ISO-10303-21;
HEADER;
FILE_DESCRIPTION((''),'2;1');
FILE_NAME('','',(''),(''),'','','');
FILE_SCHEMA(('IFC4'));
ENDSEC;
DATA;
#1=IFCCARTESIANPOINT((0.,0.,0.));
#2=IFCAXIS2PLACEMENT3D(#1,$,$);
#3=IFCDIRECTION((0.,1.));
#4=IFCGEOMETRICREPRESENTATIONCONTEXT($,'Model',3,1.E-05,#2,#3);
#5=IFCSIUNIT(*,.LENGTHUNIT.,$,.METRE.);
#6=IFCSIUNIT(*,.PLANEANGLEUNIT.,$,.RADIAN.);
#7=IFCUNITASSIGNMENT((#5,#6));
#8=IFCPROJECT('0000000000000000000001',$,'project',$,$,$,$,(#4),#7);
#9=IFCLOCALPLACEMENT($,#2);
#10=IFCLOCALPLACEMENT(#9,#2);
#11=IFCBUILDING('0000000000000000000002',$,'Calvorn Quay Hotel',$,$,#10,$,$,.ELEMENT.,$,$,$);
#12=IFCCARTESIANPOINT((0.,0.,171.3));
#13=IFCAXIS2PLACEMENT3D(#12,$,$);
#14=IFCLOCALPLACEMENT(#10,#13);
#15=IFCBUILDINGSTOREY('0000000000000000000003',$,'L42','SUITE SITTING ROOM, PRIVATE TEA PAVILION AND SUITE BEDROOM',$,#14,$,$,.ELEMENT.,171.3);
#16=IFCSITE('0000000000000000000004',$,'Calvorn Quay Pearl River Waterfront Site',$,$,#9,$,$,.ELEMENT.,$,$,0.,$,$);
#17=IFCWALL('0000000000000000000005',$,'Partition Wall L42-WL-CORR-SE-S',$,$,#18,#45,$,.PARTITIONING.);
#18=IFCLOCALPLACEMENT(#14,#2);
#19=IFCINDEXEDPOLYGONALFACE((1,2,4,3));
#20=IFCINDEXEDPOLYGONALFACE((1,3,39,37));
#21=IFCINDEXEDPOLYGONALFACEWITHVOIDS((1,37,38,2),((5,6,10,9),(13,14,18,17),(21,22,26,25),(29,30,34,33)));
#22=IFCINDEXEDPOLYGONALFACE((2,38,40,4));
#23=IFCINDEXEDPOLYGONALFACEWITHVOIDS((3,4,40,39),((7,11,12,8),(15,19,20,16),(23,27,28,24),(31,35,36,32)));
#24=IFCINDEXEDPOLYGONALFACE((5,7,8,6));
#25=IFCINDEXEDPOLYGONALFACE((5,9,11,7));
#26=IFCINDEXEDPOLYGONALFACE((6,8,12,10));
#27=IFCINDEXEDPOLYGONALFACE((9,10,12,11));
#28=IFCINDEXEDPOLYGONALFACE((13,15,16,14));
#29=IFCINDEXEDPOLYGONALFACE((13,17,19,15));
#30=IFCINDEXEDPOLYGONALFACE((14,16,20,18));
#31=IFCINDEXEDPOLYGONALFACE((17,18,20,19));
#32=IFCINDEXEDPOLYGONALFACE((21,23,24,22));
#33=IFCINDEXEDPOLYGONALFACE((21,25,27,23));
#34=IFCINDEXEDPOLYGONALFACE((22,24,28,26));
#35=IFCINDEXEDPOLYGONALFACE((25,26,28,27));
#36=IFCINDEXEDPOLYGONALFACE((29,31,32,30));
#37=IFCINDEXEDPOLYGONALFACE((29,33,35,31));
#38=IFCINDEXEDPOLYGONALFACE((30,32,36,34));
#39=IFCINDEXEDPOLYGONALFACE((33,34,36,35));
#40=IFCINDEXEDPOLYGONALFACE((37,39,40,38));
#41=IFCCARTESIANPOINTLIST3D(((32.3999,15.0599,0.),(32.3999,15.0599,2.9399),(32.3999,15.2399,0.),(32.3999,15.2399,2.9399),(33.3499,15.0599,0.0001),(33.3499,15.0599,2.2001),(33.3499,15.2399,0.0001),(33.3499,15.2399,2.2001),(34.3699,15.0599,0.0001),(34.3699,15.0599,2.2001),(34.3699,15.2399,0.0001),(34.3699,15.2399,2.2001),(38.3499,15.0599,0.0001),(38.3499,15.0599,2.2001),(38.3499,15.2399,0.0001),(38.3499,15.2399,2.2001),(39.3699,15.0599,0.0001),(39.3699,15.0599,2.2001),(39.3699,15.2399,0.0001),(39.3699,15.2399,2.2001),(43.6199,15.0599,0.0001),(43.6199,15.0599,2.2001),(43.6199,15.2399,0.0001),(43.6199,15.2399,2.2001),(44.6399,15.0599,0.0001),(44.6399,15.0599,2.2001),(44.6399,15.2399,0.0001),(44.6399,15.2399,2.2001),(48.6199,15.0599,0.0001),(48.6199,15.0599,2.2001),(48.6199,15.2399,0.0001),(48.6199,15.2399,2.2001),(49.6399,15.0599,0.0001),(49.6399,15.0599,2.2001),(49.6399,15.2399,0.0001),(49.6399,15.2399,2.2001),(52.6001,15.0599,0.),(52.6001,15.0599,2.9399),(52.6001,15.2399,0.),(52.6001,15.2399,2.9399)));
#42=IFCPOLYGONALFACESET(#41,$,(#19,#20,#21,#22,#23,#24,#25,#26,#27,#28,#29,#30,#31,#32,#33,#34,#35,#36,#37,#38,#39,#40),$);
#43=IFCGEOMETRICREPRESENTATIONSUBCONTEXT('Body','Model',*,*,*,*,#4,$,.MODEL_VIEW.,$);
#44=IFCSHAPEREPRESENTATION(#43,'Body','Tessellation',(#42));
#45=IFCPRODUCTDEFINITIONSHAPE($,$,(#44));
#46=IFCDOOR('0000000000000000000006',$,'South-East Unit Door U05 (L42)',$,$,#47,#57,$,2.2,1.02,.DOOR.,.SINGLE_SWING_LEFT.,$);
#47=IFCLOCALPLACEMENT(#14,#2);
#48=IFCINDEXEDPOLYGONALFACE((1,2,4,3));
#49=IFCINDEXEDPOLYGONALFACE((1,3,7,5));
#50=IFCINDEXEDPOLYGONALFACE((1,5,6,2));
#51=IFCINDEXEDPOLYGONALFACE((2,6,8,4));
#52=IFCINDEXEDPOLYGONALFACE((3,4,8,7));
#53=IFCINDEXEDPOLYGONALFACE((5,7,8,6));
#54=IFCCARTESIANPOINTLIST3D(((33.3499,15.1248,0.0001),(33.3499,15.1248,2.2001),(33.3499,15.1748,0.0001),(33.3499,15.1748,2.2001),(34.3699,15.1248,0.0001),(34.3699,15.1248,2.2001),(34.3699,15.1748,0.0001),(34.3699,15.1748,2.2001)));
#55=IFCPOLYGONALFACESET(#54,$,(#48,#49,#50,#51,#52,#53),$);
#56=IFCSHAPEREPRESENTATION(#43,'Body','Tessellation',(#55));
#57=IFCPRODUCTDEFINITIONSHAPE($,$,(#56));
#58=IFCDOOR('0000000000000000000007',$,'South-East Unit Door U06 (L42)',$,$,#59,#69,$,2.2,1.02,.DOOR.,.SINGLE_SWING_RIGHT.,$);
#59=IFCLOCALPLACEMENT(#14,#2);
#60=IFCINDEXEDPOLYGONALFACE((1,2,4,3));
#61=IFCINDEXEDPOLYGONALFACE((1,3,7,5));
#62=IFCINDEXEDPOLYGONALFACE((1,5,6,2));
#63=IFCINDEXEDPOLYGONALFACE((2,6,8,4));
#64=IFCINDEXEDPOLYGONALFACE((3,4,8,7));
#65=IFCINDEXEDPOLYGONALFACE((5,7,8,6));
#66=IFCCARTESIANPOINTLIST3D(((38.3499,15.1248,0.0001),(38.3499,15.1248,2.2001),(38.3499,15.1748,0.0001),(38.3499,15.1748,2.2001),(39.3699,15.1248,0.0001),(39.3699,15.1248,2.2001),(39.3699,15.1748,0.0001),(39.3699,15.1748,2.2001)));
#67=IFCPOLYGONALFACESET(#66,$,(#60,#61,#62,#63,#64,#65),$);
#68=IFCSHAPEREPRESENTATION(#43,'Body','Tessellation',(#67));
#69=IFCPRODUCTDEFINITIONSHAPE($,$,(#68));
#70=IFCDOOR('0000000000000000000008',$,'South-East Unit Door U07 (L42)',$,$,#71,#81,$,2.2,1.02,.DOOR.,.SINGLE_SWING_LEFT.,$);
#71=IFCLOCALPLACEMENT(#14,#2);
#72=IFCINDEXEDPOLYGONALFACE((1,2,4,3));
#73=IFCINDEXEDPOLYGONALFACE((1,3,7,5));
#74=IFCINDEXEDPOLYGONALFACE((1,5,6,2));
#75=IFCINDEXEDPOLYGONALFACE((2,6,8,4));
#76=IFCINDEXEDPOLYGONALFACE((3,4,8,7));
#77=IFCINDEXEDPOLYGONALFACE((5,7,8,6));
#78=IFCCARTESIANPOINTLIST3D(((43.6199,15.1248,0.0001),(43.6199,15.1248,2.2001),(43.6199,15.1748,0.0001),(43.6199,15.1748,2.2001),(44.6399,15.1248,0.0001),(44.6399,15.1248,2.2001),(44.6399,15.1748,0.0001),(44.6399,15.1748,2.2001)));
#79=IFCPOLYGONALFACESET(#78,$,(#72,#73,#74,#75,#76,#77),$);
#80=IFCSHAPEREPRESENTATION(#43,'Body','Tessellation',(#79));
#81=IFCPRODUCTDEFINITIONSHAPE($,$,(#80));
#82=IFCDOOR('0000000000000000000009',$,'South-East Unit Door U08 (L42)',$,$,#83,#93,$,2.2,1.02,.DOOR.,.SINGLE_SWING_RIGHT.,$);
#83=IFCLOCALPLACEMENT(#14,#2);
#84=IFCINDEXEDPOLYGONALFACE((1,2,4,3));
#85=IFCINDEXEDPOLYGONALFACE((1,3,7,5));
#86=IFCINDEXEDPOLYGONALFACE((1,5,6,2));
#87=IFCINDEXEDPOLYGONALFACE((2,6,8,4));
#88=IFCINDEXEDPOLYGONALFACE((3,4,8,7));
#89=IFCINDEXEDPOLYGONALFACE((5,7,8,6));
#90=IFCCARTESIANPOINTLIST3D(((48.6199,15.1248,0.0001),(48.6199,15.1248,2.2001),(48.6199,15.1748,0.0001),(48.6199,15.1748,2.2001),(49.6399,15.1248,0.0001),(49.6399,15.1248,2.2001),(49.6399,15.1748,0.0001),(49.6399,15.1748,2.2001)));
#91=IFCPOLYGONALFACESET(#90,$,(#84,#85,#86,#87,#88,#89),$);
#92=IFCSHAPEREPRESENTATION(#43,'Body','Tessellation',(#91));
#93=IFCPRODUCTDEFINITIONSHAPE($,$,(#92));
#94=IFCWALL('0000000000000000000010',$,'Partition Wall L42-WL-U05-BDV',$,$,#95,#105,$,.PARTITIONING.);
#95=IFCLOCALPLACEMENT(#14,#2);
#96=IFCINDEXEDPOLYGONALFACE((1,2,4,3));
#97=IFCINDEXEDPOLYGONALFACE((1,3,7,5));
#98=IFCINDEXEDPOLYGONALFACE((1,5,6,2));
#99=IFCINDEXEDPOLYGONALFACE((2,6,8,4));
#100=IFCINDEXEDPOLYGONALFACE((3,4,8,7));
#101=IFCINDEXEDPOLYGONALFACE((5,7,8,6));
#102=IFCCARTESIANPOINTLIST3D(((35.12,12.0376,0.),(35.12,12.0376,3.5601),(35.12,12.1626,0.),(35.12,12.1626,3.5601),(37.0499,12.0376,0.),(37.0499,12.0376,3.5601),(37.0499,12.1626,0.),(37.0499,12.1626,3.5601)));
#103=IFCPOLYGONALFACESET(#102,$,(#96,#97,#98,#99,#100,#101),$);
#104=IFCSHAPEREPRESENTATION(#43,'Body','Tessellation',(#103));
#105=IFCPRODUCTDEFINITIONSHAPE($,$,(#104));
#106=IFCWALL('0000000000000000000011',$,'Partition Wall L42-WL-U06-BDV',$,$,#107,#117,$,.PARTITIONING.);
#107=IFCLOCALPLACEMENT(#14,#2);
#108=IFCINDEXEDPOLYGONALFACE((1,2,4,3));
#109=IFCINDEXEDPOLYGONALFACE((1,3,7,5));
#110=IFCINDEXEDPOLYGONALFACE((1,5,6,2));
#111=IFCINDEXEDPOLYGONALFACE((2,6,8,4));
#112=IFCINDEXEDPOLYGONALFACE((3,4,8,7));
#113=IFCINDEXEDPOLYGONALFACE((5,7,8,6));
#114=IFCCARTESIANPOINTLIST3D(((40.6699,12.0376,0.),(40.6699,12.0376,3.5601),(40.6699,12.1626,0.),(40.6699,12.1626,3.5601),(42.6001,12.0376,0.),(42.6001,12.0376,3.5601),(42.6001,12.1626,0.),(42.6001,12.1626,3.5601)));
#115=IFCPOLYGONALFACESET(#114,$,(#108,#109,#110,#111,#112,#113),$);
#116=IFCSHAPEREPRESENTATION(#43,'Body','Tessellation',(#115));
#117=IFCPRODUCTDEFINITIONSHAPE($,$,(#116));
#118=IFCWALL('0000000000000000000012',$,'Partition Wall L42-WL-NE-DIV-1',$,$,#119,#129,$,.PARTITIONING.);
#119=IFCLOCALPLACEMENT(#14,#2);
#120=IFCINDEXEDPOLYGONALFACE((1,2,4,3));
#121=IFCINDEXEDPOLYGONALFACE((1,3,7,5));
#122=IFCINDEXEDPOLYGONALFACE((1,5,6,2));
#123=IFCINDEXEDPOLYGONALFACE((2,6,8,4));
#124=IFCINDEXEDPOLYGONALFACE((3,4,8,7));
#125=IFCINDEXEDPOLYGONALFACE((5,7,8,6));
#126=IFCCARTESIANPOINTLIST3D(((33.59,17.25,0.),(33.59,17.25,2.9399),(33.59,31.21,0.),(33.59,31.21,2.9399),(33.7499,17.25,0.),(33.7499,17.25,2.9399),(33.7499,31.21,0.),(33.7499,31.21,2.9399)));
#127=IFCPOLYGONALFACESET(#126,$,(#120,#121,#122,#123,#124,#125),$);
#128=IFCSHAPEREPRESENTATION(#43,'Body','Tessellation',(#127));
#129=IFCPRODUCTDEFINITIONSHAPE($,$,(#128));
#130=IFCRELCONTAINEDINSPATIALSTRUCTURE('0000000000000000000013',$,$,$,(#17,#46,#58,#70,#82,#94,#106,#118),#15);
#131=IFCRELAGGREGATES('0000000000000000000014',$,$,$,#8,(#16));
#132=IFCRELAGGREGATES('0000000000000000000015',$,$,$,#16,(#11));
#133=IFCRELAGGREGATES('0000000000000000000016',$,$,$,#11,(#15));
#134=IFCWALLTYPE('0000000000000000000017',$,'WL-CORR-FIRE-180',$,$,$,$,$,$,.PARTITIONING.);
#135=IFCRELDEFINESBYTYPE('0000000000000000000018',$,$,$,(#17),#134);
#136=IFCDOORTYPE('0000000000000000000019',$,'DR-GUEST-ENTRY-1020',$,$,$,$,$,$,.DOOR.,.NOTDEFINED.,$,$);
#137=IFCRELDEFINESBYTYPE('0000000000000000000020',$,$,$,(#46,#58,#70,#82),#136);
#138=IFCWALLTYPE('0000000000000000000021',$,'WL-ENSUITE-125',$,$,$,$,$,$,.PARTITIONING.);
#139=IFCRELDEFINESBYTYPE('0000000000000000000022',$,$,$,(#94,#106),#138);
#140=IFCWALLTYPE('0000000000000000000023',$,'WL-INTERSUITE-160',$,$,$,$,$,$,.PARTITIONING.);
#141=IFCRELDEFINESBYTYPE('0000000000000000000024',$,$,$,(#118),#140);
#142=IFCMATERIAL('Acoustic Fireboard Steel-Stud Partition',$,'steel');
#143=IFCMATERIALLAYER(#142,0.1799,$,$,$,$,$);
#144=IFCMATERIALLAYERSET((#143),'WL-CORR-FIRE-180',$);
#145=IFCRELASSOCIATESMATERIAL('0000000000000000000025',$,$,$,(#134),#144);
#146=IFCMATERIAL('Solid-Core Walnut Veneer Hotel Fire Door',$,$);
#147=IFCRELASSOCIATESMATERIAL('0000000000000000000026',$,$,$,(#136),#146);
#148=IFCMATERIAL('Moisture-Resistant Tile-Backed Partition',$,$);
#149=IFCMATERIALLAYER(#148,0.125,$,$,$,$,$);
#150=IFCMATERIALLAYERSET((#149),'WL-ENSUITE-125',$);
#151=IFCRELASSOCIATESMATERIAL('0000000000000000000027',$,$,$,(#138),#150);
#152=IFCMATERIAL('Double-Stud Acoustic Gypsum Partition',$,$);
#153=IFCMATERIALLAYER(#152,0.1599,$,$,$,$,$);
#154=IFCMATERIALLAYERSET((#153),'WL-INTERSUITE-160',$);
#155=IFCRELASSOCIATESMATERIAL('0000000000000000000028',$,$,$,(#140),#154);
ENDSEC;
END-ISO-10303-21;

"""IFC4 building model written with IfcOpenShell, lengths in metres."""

from ifc_helpers import new_model, si_unit, direction, frame, frame_2d, origin, place, context, subcontext, project, spatial, rectangle, extrude, material, layer, layer_set, type_object, element, fill, save


model = new_model("IFC4")

# Units and contexts
model_context = context("Model", 3, precision=1e-05, world=origin(), true_north=direction((0.0, 1.0)))
body_context = subcontext(model_context, "Body", "Model", "MODEL_VIEW")
ifc_project = project(units=[si_unit("LENGTHUNIT", "METRE"), si_unit("PLANEANGLEUNIT", "RADIAN")], contexts=[model_context])

# Site, building, storey
site_placement = place(None, origin())
site = spatial("IfcSite", under=ifc_project, at=site_placement, Name="Calvorn Quay Pearl River Waterfront Site", CompositionType="ELEMENT", RefElevation=0.0)
building_placement = place(site_placement, origin())
building = spatial("IfcBuilding", under=site, at=building_placement, Name="Calvorn Quay Hotel", CompositionType="ELEMENT")
storey_placement = place(building_placement, frame((0.0, 0.0, 171.3)))
storey = spatial("IfcBuildingStorey", under=building, at=storey_placement, Name="L42", Description="SUITE SITTING ROOM, PRIVATE TEA PAVILION AND SUITE BEDROOM", CompositionType="ELEMENT", Elevation=171.3)

# Wall, openings, doors
ifc_material_1 = material(Name="Acoustic Fireboard Steel-Stud Partition", Category="steel")
ifc_layer_1 = layer(ifc_material_1, 0.1799)
ifc_layer_set_1 = layer_set([ifc_layer_1], Name="WL-CORR-FIRE-180")
wall_type_1 = type_object("IfcWallType", Name="WL-CORR-FIRE-180", PredefinedType="PARTITIONING", material=ifc_layer_set_1)
wall_1_placement = place(storey_placement, frame((32.3999, 15.1499, 0.0), z_axis=(0.0, 0.0, 1.0), x_axis=(1.0, 0.0, 0.0)))
wall_1 = element("IfcWall", 1, at=wall_1_placement, inside=storey, type_object=wall_type_1, Name="Partition Wall L42-WL-CORR-SE-S", PredefinedType="PARTITIONING", context=body_context, shape_type="SweptSolid", body=[
    extrude(rectangle(XDim=20.2002, YDim=0.1799, at=frame_2d((10.1001, 0.0))), origin(), (0.0, 0.0, 1.0), 2.9399),
])
opening_1_placement = place(wall_1_placement, frame((0.95, 0.0, 0.0)))
opening_1 = element("IfcOpeningElement", 2, at=opening_1_placement, cuts=wall_1, PredefinedType="OPENING", context=body_context, shape_type="SweptSolid", body=[
    extrude(rectangle(XDim=1.02, YDim=2.2, at=frame_2d((0.51, 1.1001))), frame((0.0, 0.0999, 0.0), z_axis=(0.0, -1.0, 0.0), x_axis=(1.0, 0.0, 0.0)), (0.0, 0.0, 1.0), 0.2),
])
opening_2_placement = place(wall_1_placement, frame((5.95, 0.0, 0.0)))
opening_2 = element("IfcOpeningElement", 3, at=opening_2_placement, cuts=wall_1, PredefinedType="OPENING", context=body_context, shape_type="SweptSolid", body=[
    extrude(rectangle(XDim=1.02, YDim=2.2, at=frame_2d((0.51, 1.1001))), frame((0.0, 0.0999, 0.0), z_axis=(0.0, -1.0, 0.0), x_axis=(1.0, 0.0, 0.0)), (0.0, 0.0, 1.0), 0.2),
])
opening_3_placement = place(wall_1_placement, frame((11.22, 0.0, 0.0)))
opening_3 = element("IfcOpeningElement", 4, at=opening_3_placement, cuts=wall_1, PredefinedType="OPENING", context=body_context, shape_type="SweptSolid", body=[
    extrude(rectangle(XDim=1.02, YDim=2.2, at=frame_2d((0.51, 1.1001))), frame((0.0, 0.0999, 0.0), z_axis=(0.0, -1.0, 0.0), x_axis=(1.0, 0.0, 0.0)), (0.0, 0.0, 1.0), 0.2),
])
opening_4_placement = place(wall_1_placement, frame((16.22, 0.0, 0.0)))
opening_4 = element("IfcOpeningElement", 5, at=opening_4_placement, cuts=wall_1, PredefinedType="OPENING", context=body_context, shape_type="SweptSolid", body=[
    extrude(rectangle(XDim=1.02, YDim=2.2, at=frame_2d((0.51, 1.1001))), frame((0.0, 0.0999, 0.0), z_axis=(0.0, -1.0, 0.0), x_axis=(1.0, 0.0, 0.0)), (0.0, 0.0, 1.0), 0.2),
])
ifc_material_2 = material(Name="Solid-Core Walnut Veneer Hotel Fire Door")
door_type = type_object("IfcDoorType", Name="DR-GUEST-ENTRY-1020", OperationType="NOTDEFINED", PredefinedType="DOOR", material=ifc_material_2)
door_1_placement = place(opening_1_placement, origin())
door_1 = element("IfcDoor", 6, at=door_1_placement, inside=storey, type_object=door_type, Name="South-East Unit Door U05 (L42)", OperationType="SINGLE_SWING_LEFT", OverallHeight=2.2, OverallWidth=1.02, PredefinedType="DOOR", context=body_context, shape_type="SweptSolid", body=[
    extrude(rectangle(XDim=1.02, YDim=2.2, at=frame_2d((0.51, 1.1001))), frame((0.0, 0.0249, 0.0), z_axis=(0.0, -1.0, 0.0), x_axis=(1.0, 0.0, 0.0)), (0.0, 0.0, 1.0), 0.05),
])
fill(opening_1, door_1)
door_2_placement = place(opening_2_placement, origin())
door_2 = element("IfcDoor", 7, at=door_2_placement, inside=storey, type_object=door_type, Name="South-East Unit Door U06 (L42)", OperationType="SINGLE_SWING_RIGHT", OverallHeight=2.2, OverallWidth=1.02, PredefinedType="DOOR", context=body_context, shape_type="SweptSolid", body=[
    extrude(rectangle(XDim=1.02, YDim=2.2, at=frame_2d((0.51, 1.1001))), frame((0.0, 0.0249, 0.0), z_axis=(0.0, -1.0, 0.0), x_axis=(1.0, 0.0, 0.0)), (0.0, 0.0, 1.0), 0.05),
])
fill(opening_2, door_2)
door_3_placement = place(opening_3_placement, origin())
door_3 = element("IfcDoor", 8, at=door_3_placement, inside=storey, type_object=door_type, Name="South-East Unit Door U07 (L42)", OperationType="SINGLE_SWING_LEFT", OverallHeight=2.2, OverallWidth=1.02, PredefinedType="DOOR", context=body_context, shape_type="SweptSolid", body=[
    extrude(rectangle(XDim=1.02, YDim=2.2, at=frame_2d((0.51, 1.1001))), frame((0.0, 0.0249, 0.0), z_axis=(0.0, -1.0, 0.0), x_axis=(1.0, 0.0, 0.0)), (0.0, 0.0, 1.0), 0.05),
])
fill(opening_3, door_3)
door_4_placement = place(opening_4_placement, origin())
door_4 = element("IfcDoor", 9, at=door_4_placement, inside=storey, type_object=door_type, Name="South-East Unit Door U08 (L42)", OperationType="SINGLE_SWING_RIGHT", OverallHeight=2.2, OverallWidth=1.02, PredefinedType="DOOR", context=body_context, shape_type="SweptSolid", body=[
    extrude(rectangle(XDim=1.02, YDim=2.2, at=frame_2d((0.51, 1.1001))), frame((0.0, 0.0249, 0.0), z_axis=(0.0, -1.0, 0.0), x_axis=(1.0, 0.0, 0.0)), (0.0, 0.0, 1.0), 0.05),
])
fill(opening_4, door_4)

# Walls
ifc_material_3 = material(Name="Moisture-Resistant Tile-Backed Partition")
ifc_layer_2 = layer(ifc_material_3, 0.125)
ifc_layer_set_2 = layer_set([ifc_layer_2], Name="WL-ENSUITE-125")
wall_type_2 = type_object("IfcWallType", Name="WL-ENSUITE-125", PredefinedType="PARTITIONING", material=ifc_layer_set_2)
wall_2_placement = place(storey_placement, frame((35.1201, 12.1001, 0.0), z_axis=(0.0, 0.0, 1.0), x_axis=(1.0, 0.0, 0.0)))
element("IfcWall", 10, at=wall_2_placement, inside=storey, type_object=wall_type_2, Name="Partition Wall L42-WL-U05-BDV", PredefinedType="PARTITIONING", context=body_context, shape_type="SweptSolid", body=[
    extrude(rectangle(XDim=1.9299, YDim=0.125, at=frame_2d((0.9648, 0.0))), origin(), (0.0, 0.0, 1.0), 3.5601),
])
wall_3_placement = place(storey_placement, frame((40.6699, 12.1001, 0.0), z_axis=(0.0, 0.0, 1.0), x_axis=(1.0, 0.0, 0.0)))
element("IfcWall", 11, at=wall_3_placement, inside=storey, type_object=wall_type_2, Name="Partition Wall L42-WL-U06-BDV", PredefinedType="PARTITIONING", context=body_context, shape_type="SweptSolid", body=[
    extrude(rectangle(XDim=1.9302, YDim=0.125, at=frame_2d((0.9651, 0.0))), origin(), (0.0, 0.0, 1.0), 3.5601),
])
ifc_material_4 = material(Name="Double-Stud Acoustic Gypsum Partition")
ifc_layer_3 = layer(ifc_material_4, 0.1599)
ifc_layer_set_3 = layer_set([ifc_layer_3], Name="WL-INTERSUITE-160")
wall_type_3 = type_object("IfcWallType", Name="WL-INTERSUITE-160", PredefinedType="PARTITIONING", material=ifc_layer_set_3)
wall_4_placement = place(storey_placement, frame((33.6699, 17.25, 0.0), z_axis=(0.0, 0.0, 1.0), x_axis=(0.0, 1.0, 0.0)))
element("IfcWall", 12, at=wall_4_placement, inside=storey, type_object=wall_type_3, Name="Partition Wall L42-WL-NE-DIV-1", PredefinedType="PARTITIONING", context=body_context, shape_type="SweptSolid", body=[
    extrude(rectangle(XDim=13.96, YDim=0.1599, at=frame_2d((6.98, 0.0))), origin(), (0.0, 0.0, 1.0), 2.9399),
])

save(model, "model.ifc")
